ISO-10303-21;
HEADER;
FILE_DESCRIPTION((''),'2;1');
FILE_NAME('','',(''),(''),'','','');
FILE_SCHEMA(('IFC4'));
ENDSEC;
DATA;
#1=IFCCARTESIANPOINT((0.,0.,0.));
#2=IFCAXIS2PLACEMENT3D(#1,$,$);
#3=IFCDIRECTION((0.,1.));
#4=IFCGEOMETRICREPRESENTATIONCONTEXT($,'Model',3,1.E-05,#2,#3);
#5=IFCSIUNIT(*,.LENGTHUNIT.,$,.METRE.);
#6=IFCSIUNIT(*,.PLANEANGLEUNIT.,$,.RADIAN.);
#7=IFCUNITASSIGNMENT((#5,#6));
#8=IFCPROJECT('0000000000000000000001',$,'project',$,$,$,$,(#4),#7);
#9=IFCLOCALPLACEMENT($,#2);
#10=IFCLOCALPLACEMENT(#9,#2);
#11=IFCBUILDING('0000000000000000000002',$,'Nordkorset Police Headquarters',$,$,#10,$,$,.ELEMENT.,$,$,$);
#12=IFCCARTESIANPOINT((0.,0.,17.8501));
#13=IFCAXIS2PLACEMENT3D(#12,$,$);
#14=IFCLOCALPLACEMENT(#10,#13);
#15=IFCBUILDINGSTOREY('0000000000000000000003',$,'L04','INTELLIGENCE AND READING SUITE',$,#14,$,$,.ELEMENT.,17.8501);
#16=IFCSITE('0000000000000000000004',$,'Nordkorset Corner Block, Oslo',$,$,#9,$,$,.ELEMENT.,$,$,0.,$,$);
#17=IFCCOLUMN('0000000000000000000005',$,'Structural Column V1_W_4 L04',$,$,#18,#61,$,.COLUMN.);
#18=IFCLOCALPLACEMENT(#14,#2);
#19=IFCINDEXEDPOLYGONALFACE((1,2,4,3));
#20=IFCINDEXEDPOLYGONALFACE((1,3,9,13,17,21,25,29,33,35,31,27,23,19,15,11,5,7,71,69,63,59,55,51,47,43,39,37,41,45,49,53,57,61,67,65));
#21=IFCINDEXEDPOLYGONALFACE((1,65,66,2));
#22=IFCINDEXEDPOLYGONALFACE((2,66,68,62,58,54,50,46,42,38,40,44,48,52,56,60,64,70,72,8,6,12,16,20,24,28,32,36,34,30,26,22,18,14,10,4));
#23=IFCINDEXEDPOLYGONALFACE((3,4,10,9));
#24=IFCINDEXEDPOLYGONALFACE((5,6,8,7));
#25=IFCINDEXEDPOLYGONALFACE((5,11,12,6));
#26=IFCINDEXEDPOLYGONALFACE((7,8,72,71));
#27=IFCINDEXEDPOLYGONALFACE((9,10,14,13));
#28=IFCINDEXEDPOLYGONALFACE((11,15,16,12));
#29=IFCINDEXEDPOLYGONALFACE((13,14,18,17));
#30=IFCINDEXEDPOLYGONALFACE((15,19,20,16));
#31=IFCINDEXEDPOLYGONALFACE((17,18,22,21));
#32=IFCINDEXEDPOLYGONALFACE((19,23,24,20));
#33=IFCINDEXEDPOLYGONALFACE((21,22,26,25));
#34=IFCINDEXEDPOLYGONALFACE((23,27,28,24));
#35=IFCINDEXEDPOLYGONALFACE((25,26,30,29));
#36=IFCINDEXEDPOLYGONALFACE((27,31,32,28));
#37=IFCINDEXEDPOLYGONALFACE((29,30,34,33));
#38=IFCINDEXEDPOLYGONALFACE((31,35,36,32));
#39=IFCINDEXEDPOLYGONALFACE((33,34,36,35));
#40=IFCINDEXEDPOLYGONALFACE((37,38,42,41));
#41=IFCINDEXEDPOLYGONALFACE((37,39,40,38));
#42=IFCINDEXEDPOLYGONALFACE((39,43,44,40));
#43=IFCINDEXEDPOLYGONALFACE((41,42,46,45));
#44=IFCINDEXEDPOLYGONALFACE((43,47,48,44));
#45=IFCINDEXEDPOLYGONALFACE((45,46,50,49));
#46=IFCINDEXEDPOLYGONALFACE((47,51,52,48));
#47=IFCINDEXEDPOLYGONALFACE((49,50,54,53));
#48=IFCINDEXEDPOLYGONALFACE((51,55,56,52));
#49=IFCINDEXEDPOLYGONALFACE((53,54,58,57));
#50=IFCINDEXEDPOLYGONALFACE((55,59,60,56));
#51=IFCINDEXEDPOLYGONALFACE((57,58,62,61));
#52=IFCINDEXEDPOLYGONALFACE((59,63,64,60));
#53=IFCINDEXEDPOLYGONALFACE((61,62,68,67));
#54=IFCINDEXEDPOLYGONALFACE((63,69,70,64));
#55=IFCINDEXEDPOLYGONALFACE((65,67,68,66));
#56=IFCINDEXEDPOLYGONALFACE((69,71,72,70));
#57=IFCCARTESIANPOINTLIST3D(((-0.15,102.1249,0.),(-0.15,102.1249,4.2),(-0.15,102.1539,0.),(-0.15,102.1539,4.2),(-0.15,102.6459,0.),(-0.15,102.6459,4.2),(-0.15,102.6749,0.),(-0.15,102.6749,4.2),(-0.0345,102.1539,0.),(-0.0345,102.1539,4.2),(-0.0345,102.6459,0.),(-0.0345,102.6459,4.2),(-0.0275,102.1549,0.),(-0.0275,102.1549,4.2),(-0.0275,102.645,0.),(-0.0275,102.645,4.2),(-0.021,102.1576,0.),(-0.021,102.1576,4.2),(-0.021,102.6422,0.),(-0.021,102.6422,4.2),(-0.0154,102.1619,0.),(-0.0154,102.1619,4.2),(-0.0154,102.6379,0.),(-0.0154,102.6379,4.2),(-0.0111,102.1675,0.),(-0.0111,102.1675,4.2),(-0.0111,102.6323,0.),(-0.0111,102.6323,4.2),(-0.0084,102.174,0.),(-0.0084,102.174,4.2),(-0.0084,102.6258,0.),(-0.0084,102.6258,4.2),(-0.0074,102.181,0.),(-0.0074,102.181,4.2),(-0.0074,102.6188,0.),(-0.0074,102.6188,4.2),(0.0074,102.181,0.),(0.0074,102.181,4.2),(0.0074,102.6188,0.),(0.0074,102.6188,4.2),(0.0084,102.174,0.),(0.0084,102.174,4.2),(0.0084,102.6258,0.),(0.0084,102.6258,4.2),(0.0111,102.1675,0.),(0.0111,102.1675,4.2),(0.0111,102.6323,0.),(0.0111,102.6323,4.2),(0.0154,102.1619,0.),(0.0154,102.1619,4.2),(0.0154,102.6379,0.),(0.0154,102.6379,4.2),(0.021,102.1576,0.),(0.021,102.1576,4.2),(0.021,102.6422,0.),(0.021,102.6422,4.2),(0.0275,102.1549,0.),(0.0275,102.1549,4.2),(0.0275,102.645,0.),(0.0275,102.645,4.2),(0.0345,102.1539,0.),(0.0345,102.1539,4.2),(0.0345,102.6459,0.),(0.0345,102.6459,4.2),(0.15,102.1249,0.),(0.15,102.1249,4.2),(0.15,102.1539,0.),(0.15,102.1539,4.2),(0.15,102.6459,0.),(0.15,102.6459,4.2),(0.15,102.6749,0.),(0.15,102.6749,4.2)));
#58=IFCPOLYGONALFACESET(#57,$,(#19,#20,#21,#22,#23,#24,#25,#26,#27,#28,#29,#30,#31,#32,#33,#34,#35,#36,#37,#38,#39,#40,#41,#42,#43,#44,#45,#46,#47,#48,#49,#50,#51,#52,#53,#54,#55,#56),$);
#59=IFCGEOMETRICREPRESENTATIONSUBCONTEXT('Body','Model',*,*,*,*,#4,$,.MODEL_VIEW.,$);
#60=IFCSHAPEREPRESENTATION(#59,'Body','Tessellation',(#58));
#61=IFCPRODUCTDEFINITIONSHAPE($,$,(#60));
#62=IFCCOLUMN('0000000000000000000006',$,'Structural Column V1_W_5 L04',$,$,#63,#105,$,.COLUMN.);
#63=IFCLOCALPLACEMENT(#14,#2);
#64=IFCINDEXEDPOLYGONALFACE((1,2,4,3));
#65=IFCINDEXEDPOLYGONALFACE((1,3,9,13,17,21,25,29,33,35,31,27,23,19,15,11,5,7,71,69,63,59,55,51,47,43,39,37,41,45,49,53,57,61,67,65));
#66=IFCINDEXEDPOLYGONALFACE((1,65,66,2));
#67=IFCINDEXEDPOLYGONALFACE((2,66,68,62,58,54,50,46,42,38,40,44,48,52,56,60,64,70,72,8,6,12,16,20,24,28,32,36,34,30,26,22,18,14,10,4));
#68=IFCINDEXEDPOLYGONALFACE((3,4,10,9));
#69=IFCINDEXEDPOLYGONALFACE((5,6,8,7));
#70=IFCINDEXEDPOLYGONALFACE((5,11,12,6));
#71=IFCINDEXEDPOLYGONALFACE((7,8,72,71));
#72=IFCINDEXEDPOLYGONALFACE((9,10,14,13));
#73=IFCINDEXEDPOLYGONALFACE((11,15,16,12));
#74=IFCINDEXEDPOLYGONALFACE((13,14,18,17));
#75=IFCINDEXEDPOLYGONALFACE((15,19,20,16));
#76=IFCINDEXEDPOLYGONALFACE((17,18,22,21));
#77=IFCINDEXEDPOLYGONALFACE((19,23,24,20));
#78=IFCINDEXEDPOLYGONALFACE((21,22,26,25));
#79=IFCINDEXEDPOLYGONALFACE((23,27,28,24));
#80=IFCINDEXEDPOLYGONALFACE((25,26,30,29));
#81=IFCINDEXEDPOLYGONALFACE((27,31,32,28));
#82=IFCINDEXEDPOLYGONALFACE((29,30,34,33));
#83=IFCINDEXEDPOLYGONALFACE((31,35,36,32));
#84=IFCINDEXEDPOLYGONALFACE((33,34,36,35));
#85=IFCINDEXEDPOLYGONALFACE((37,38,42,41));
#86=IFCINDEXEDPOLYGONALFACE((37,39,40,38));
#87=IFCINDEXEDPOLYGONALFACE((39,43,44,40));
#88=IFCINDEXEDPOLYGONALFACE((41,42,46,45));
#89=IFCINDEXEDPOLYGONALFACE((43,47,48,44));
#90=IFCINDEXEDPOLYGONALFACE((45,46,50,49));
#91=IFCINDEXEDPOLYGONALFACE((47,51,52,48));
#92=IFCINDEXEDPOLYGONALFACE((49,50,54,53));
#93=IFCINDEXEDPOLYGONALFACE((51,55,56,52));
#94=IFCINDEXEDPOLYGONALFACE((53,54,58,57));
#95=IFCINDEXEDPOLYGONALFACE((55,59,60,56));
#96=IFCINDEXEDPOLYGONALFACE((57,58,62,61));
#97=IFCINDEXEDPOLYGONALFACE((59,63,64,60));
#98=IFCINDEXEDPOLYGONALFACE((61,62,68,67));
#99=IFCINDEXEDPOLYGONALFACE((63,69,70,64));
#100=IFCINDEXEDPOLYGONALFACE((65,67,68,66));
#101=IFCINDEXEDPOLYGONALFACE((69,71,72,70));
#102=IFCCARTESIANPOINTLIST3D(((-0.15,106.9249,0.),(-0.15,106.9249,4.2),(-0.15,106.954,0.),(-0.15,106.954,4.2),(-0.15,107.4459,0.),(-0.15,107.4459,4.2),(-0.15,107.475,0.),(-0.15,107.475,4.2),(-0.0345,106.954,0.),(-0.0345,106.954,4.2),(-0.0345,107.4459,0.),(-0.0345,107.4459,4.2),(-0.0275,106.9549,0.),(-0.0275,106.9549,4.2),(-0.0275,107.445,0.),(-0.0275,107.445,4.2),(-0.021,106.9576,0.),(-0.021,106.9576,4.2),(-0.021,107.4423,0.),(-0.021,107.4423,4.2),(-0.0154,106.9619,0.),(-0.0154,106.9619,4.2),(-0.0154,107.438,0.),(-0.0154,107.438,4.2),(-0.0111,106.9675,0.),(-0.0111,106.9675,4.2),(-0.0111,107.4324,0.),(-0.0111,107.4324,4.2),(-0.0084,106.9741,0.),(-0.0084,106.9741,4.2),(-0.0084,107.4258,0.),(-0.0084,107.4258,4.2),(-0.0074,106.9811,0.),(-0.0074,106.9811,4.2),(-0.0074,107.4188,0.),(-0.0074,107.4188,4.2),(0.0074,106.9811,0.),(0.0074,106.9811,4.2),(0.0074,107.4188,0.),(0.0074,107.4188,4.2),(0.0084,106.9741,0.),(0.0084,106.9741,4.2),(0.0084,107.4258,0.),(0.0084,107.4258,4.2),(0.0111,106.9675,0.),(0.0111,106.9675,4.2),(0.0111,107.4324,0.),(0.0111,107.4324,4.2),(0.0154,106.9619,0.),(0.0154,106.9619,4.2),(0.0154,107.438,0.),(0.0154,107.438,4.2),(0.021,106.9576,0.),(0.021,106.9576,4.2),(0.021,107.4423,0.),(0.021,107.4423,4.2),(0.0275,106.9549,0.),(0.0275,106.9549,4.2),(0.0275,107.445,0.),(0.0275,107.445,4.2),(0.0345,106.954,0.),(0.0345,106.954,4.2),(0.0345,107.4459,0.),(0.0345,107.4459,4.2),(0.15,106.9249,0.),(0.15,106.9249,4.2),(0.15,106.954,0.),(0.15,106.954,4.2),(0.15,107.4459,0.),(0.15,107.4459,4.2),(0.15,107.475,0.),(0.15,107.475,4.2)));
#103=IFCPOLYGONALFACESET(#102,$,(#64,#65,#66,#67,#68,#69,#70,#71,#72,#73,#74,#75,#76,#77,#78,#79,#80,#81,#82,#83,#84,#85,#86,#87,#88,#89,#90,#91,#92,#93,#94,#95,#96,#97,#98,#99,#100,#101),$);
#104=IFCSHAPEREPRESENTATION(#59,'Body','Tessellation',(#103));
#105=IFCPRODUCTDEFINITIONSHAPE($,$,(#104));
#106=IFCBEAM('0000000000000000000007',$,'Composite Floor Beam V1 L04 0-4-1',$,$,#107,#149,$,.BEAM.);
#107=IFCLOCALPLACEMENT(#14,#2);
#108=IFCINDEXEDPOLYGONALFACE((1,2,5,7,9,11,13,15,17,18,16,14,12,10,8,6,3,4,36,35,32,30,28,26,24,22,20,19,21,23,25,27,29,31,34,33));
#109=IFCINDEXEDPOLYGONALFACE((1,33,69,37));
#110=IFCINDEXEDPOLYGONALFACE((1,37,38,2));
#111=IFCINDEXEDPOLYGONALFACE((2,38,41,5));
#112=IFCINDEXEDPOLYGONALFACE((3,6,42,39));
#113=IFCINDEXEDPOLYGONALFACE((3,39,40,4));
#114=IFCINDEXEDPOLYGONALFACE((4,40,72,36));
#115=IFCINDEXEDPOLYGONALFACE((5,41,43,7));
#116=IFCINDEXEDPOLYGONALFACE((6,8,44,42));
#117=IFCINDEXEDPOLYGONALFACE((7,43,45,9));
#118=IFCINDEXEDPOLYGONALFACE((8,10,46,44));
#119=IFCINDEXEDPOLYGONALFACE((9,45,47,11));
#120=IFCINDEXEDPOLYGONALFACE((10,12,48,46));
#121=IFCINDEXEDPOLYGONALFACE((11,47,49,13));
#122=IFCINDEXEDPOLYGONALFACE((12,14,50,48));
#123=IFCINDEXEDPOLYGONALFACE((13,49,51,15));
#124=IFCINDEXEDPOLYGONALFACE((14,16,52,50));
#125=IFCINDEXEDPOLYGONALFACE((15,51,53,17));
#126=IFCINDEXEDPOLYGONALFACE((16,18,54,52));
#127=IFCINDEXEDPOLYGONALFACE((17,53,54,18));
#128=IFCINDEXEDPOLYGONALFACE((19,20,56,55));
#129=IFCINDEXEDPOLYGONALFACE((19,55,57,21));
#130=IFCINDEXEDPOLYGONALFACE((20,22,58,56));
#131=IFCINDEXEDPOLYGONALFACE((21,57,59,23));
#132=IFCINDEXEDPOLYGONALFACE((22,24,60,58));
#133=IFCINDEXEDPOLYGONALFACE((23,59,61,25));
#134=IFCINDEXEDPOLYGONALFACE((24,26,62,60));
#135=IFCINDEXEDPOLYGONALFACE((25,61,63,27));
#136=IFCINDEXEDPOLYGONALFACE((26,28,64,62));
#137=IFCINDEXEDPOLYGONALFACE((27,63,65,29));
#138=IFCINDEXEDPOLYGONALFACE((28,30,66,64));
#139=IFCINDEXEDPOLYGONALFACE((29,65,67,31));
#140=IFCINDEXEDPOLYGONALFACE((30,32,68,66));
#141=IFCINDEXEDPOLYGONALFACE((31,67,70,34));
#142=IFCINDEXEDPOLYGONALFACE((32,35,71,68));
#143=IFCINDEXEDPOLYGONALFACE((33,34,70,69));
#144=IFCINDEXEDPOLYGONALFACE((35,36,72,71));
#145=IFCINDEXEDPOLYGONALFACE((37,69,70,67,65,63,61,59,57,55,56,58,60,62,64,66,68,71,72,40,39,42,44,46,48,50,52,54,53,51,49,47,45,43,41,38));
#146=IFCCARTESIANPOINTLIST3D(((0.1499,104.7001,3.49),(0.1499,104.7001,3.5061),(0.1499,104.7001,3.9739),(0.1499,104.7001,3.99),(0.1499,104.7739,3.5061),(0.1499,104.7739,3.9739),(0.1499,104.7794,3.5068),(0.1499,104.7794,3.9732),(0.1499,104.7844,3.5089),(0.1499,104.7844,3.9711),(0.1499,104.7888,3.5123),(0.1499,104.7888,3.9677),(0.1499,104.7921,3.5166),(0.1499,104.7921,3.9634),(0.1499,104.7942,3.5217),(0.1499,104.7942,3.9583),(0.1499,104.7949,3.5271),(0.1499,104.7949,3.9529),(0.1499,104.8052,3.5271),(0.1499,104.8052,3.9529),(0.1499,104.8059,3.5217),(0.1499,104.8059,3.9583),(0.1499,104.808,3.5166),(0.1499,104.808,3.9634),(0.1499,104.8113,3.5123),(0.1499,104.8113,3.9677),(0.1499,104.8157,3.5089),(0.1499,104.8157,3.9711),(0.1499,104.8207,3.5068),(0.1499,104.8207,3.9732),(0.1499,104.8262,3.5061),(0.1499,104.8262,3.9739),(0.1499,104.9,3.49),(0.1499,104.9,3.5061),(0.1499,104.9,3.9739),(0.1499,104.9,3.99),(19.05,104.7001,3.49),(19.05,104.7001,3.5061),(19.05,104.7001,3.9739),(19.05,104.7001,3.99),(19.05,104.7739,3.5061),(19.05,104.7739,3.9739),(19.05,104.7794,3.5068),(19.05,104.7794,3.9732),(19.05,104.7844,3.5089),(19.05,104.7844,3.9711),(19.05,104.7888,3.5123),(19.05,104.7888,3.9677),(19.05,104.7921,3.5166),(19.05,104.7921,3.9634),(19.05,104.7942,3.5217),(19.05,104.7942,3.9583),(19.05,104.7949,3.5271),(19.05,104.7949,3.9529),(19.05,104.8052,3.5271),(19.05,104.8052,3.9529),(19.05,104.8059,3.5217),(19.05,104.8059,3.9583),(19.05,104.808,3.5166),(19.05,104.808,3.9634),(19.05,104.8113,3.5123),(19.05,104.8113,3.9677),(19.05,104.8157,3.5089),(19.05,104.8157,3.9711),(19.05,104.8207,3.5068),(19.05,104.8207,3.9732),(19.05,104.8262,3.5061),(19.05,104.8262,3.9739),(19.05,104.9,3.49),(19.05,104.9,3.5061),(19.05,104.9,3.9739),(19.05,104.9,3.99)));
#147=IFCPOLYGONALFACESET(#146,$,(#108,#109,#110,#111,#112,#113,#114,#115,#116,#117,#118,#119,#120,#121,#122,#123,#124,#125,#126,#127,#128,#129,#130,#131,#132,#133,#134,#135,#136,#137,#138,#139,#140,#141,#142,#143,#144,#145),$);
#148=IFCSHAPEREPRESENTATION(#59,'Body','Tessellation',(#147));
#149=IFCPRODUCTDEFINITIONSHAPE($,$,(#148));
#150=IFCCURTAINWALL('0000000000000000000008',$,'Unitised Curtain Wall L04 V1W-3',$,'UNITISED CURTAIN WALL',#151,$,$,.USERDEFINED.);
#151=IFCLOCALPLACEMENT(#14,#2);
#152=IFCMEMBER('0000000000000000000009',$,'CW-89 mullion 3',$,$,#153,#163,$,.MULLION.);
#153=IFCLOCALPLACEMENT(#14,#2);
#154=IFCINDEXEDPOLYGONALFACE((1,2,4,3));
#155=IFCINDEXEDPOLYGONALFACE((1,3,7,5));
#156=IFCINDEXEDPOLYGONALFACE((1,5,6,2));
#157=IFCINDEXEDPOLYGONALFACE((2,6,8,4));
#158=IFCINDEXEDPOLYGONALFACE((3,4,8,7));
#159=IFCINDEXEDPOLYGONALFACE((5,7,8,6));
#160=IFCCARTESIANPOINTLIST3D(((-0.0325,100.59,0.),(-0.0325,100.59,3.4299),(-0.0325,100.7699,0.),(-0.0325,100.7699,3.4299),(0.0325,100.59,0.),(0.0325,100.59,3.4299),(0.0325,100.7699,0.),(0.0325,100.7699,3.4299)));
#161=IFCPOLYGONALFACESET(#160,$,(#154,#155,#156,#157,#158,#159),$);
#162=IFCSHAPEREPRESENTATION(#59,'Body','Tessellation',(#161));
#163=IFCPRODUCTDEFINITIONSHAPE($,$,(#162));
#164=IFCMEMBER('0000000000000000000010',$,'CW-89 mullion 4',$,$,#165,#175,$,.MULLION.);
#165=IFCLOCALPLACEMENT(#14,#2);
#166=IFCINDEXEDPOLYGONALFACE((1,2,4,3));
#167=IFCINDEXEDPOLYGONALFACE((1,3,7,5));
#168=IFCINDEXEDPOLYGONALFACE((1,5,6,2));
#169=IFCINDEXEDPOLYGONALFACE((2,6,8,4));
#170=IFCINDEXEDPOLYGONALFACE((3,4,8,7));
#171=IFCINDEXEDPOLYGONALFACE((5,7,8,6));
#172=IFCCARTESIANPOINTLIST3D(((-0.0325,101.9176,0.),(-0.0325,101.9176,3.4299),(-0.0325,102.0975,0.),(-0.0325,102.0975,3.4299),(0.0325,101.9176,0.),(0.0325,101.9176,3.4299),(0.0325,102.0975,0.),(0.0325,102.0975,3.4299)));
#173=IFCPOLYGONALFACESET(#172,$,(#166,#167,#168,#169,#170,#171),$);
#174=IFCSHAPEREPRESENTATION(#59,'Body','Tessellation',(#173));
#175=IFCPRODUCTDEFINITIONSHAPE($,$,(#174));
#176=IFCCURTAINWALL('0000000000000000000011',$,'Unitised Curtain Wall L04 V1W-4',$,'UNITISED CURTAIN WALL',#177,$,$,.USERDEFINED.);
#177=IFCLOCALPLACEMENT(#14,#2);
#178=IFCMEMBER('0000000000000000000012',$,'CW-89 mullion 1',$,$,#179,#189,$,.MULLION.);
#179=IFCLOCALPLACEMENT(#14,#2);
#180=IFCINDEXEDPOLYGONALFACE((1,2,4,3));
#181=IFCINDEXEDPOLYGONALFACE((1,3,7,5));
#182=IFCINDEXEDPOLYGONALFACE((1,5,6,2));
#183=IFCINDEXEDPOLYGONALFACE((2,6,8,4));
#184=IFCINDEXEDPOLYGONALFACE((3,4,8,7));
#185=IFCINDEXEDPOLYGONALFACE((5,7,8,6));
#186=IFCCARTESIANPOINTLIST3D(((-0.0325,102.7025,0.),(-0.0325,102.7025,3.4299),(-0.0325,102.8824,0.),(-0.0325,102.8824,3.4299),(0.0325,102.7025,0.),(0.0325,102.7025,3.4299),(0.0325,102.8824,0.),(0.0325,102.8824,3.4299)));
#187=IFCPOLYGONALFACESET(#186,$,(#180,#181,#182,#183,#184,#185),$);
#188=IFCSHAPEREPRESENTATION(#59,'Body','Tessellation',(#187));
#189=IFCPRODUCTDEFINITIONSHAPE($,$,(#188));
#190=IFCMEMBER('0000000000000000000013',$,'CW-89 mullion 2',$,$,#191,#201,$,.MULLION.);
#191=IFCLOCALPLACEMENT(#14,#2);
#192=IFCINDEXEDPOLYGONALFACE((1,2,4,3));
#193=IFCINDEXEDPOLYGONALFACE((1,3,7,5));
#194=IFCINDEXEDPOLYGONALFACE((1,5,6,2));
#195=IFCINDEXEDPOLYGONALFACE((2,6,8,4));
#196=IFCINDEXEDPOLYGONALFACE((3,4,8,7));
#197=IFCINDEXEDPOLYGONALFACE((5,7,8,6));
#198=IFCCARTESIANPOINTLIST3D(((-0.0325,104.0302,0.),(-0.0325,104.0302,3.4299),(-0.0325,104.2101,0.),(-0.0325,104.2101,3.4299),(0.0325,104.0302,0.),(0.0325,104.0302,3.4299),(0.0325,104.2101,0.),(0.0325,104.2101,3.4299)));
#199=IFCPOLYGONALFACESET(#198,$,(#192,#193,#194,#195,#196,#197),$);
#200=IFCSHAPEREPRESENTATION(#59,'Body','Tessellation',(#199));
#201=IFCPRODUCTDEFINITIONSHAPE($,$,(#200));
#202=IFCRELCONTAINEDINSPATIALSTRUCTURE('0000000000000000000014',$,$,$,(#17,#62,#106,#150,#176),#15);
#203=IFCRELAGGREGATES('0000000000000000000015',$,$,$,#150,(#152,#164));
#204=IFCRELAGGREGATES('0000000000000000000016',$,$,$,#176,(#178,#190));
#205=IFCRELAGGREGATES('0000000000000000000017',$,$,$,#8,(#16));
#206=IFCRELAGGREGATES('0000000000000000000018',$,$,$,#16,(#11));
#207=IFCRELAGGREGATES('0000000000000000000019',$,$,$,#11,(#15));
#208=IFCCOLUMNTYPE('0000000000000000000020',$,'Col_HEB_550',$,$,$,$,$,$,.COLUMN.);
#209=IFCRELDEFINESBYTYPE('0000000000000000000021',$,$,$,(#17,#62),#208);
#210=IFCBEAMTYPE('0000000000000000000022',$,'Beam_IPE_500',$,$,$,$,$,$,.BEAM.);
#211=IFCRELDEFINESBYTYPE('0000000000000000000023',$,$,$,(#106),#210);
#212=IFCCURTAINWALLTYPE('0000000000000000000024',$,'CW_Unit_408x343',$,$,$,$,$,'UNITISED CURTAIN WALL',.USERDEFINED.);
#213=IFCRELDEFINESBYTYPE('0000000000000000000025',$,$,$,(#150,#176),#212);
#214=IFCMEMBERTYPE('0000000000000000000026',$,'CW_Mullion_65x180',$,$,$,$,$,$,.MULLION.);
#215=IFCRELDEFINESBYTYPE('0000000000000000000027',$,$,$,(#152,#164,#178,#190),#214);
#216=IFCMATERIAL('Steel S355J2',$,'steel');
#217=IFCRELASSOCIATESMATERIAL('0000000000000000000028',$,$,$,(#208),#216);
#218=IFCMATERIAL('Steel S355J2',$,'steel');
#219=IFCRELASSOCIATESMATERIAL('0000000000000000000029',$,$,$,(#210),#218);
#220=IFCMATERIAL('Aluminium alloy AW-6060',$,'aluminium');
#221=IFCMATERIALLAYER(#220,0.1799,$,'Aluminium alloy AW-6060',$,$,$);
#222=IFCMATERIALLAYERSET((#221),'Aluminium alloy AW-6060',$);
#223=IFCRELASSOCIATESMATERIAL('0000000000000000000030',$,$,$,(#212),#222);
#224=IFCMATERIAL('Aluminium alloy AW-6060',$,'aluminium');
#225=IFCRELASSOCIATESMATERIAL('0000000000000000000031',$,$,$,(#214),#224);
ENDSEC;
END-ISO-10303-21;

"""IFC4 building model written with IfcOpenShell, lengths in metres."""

from ifc_helpers import new_model, si_unit, direction, frame, origin, origin_2d, place, context, subcontext, project, spatial, rectangle, i_section, extrude, material, layer, layer_set, material_profile, profile_set, type_object, element, aggregate, save


model = new_model("IFC4")

# Units and contexts
model_context = context("Model", 3, precision=1e-05, world=origin(), true_north=direction((0.0, 1.0)))
body_context = subcontext(model_context, "Body", "Model", "MODEL_VIEW")
ifc_project = project(units=[si_unit("LENGTHUNIT", "METRE"), si_unit("PLANEANGLEUNIT", "RADIAN")], contexts=[model_context])

# Site, building, storey
site_placement = place(None, origin())
site = spatial("IfcSite", under=ifc_project, at=site_placement, Name="Nordkorset Corner Block, Oslo", CompositionType="ELEMENT", RefElevation=0.0)
building_placement = place(site_placement, origin())
building = spatial("IfcBuilding", under=site, at=building_placement, Name="Nordkorset Police Headquarters", CompositionType="ELEMENT")
storey_placement = place(building_placement, frame((0.0, 0.0, 17.8501)))
storey = spatial("IfcBuildingStorey", under=building, at=storey_placement, Name="L04", Description="INTELLIGENCE AND READING SUITE", CompositionType="ELEMENT", Elevation=17.8501)

# Columns
ifc_material_1 = material(Name="Steel S355J2", Category="steel")
ifc_material_profile_1 = material_profile(ifc_material_1, i_section(OverallWidth=0.3, OverallDepth=0.55, WebThickness=0.0149, FlangeThickness=0.0291, FilletRadius=0.0271, at=origin_2d()), Name="HEB 550")
ifc_profile_set_1 = profile_set([ifc_material_profile_1], Name="Steel S355J2")
column_type = type_object("IfcColumnType", Name="Col_HEB_550", PredefinedType="COLUMN", material=ifc_profile_set_1)
for number, where, z_axis, x_axis, name in (
    (1, (0.0, 102.3999, 0.0), (0.0, 0.0, 1.0), (1.0, 0.0, 0.0), "Structural Column V1_W_4 L04"),
    (2, (0.0, 107.2, 0.0), (0.0, 0.0, 1.0), (1.0, 0.0, 0.0), "Structural Column V1_W_5 L04"),
):
    element("IfcColumn", number, at=place(storey_placement, frame(where, z_axis=z_axis, x_axis=x_axis)), inside=storey, type_object=column_type, Name=name, PredefinedType="COLUMN", context=body_context, shape_type="SweptSolid", body=[
        extrude(i_section(OverallWidth=0.3, OverallDepth=0.55, WebThickness=0.0149, FlangeThickness=0.0291, FilletRadius=0.0271, at=origin_2d()), origin(), (0.0, 0.0, 1.0), 4.2),
    ])

# Beam
ifc_material_2 = material(Name="Steel S355J2", Category="steel")
ifc_material_profile_2 = material_profile(ifc_material_2, i_section(OverallWidth=0.2, OverallDepth=0.5, WebThickness=0.0103, FlangeThickness=0.0161, FilletRadius=0.021, at=origin_2d()), Name="IPE 500")
ifc_profile_set_2 = profile_set([ifc_material_profile_2], Name="Steel S355J2")
beam_type_1 = type_object("IfcBeamType", Name="Beam_IPE_500", PredefinedType="BEAM", material=ifc_profile_set_2)
beam_1_placement = place(storey_placement, frame((0.1499, 104.8, 3.74), z_axis=(1.0, 0.0, 0.0), x_axis=(0.0, 1.0, 0.0)))
element("IfcBeam", 3, at=beam_1_placement, inside=storey, type_object=beam_type_1, Name="Composite Floor Beam V1 L04 0-4-1", PredefinedType="BEAM", context=body_context, shape_type="SweptSolid", body=[
    extrude(i_section(OverallWidth=0.2, OverallDepth=0.5, WebThickness=0.0103, FlangeThickness=0.0161, FilletRadius=0.021, at=origin_2d()), origin(), (0.0, 0.0, 1.0), 18.9001),
])

# Curtain walls, members
ifc_material_3 = material(Name="Aluminium alloy AW-6060", Category="aluminium")
ifc_layer_1 = layer(ifc_material_3, 0.1799, Name="Aluminium alloy AW-6060")
ifc_layer_set_1 = layer_set([ifc_layer_1], Name="Aluminium alloy AW-6060")
curtain_wall_type = type_object("IfcCurtainWallType", Name="CW_Unit_408x343", ElementType="UNITISED CURTAIN WALL", PredefinedType="USERDEFINED", material=ifc_layer_set_1)
curtain_wall_1_placement = place(storey_placement, origin())
curtain_wall_1 = element("IfcCurtainWall", 4, at=curtain_wall_1_placement, inside=storey, type_object=curtain_wall_type, Name="Unitised Curtain Wall L04 V1W-3", ObjectType="UNITISED CURTAIN WALL", PredefinedType="USERDEFINED")
ifc_material_4 = material(Name="Aluminium alloy AW-6060", Category="aluminium")
ifc_material_profile_3 = material_profile(ifc_material_4, rectangle(XDim=0.0649, YDim=0.1799, at=origin_2d()), Name="ALU MULL 65x180")
ifc_profile_set_3 = profile_set([ifc_material_profile_3], Name="Aluminium alloy AW-6060")
member_type_1 = type_object("IfcMemberType", Name="CW_Mullion_65x180", PredefinedType="MULLION", material=ifc_profile_set_3)
member_1_placement = place(storey_placement, frame((0.0, 100.6799, 0.0), z_axis=(0.0, 0.0, 1.0), x_axis=(-1.0, 0.0, 0.0)))
member_1 = element("IfcMember", 5, at=member_1_placement, type_object=member_type_1, Name="CW-89 mullion 3", PredefinedType="MULLION", context=body_context, shape_type="SweptSolid", body=[
    extrude(rectangle(XDim=0.0649, YDim=0.1799, at=origin_2d()), origin(), (0.0, 0.0, 1.0), 3.4299),
])
member_2_placement = place(storey_placement, frame((0.0, 102.0076, 0.0), z_axis=(0.0, 0.0, 1.0), x_axis=(-1.0, 0.0, 0.0)))
member_2 = element("IfcMember", 6, at=member_2_placement, type_object=member_type_1, Name="CW-89 mullion 4", PredefinedType="MULLION", context=body_context, shape_type="SweptSolid", body=[
    extrude(rectangle(XDim=0.0649, YDim=0.1799, at=origin_2d()), origin(), (0.0, 0.0, 1.0), 3.4299),
])
curtain_wall_2_placement = place(storey_placement, origin())
curtain_wall_2 = element("IfcCurtainWall", 7, at=curtain_wall_2_placement, inside=storey, type_object=curtain_wall_type, Name="Unitised Curtain Wall L04 V1W-4", ObjectType="UNITISED CURTAIN WALL", PredefinedType="USERDEFINED")
member_3_placement = place(storey_placement, frame((0.0, 102.7925, 0.0), z_axis=(0.0, 0.0, 1.0), x_axis=(-1.0, 0.0, 0.0)))
member_3 = element("IfcMember", 8, at=member_3_placement, type_object=member_type_1, Name="CW-89 mullion 1", PredefinedType="MULLION", context=body_context, shape_type="SweptSolid", body=[
    extrude(rectangle(XDim=0.0649, YDim=0.1799, at=origin_2d()), origin(), (0.0, 0.0, 1.0), 3.4299),
])
member_4_placement = place(storey_placement, frame((0.0, 104.1201, 0.0), z_axis=(0.0, 0.0, 1.0), x_axis=(-1.0, 0.0, 0.0)))
member_4 = element("IfcMember", 9, at=member_4_placement, type_object=member_type_1, Name="CW-89 mullion 2", PredefinedType="MULLION", context=body_context, shape_type="SweptSolid", body=[
    extrude(rectangle(XDim=0.0649, YDim=0.1799, at=origin_2d()), origin(), (0.0, 0.0, 1.0), 3.4299),
])

aggregate(curtain_wall_1, [member_1, member_2])
aggregate(curtain_wall_2, [member_3, member_4])

save(model, "model.ifc")
